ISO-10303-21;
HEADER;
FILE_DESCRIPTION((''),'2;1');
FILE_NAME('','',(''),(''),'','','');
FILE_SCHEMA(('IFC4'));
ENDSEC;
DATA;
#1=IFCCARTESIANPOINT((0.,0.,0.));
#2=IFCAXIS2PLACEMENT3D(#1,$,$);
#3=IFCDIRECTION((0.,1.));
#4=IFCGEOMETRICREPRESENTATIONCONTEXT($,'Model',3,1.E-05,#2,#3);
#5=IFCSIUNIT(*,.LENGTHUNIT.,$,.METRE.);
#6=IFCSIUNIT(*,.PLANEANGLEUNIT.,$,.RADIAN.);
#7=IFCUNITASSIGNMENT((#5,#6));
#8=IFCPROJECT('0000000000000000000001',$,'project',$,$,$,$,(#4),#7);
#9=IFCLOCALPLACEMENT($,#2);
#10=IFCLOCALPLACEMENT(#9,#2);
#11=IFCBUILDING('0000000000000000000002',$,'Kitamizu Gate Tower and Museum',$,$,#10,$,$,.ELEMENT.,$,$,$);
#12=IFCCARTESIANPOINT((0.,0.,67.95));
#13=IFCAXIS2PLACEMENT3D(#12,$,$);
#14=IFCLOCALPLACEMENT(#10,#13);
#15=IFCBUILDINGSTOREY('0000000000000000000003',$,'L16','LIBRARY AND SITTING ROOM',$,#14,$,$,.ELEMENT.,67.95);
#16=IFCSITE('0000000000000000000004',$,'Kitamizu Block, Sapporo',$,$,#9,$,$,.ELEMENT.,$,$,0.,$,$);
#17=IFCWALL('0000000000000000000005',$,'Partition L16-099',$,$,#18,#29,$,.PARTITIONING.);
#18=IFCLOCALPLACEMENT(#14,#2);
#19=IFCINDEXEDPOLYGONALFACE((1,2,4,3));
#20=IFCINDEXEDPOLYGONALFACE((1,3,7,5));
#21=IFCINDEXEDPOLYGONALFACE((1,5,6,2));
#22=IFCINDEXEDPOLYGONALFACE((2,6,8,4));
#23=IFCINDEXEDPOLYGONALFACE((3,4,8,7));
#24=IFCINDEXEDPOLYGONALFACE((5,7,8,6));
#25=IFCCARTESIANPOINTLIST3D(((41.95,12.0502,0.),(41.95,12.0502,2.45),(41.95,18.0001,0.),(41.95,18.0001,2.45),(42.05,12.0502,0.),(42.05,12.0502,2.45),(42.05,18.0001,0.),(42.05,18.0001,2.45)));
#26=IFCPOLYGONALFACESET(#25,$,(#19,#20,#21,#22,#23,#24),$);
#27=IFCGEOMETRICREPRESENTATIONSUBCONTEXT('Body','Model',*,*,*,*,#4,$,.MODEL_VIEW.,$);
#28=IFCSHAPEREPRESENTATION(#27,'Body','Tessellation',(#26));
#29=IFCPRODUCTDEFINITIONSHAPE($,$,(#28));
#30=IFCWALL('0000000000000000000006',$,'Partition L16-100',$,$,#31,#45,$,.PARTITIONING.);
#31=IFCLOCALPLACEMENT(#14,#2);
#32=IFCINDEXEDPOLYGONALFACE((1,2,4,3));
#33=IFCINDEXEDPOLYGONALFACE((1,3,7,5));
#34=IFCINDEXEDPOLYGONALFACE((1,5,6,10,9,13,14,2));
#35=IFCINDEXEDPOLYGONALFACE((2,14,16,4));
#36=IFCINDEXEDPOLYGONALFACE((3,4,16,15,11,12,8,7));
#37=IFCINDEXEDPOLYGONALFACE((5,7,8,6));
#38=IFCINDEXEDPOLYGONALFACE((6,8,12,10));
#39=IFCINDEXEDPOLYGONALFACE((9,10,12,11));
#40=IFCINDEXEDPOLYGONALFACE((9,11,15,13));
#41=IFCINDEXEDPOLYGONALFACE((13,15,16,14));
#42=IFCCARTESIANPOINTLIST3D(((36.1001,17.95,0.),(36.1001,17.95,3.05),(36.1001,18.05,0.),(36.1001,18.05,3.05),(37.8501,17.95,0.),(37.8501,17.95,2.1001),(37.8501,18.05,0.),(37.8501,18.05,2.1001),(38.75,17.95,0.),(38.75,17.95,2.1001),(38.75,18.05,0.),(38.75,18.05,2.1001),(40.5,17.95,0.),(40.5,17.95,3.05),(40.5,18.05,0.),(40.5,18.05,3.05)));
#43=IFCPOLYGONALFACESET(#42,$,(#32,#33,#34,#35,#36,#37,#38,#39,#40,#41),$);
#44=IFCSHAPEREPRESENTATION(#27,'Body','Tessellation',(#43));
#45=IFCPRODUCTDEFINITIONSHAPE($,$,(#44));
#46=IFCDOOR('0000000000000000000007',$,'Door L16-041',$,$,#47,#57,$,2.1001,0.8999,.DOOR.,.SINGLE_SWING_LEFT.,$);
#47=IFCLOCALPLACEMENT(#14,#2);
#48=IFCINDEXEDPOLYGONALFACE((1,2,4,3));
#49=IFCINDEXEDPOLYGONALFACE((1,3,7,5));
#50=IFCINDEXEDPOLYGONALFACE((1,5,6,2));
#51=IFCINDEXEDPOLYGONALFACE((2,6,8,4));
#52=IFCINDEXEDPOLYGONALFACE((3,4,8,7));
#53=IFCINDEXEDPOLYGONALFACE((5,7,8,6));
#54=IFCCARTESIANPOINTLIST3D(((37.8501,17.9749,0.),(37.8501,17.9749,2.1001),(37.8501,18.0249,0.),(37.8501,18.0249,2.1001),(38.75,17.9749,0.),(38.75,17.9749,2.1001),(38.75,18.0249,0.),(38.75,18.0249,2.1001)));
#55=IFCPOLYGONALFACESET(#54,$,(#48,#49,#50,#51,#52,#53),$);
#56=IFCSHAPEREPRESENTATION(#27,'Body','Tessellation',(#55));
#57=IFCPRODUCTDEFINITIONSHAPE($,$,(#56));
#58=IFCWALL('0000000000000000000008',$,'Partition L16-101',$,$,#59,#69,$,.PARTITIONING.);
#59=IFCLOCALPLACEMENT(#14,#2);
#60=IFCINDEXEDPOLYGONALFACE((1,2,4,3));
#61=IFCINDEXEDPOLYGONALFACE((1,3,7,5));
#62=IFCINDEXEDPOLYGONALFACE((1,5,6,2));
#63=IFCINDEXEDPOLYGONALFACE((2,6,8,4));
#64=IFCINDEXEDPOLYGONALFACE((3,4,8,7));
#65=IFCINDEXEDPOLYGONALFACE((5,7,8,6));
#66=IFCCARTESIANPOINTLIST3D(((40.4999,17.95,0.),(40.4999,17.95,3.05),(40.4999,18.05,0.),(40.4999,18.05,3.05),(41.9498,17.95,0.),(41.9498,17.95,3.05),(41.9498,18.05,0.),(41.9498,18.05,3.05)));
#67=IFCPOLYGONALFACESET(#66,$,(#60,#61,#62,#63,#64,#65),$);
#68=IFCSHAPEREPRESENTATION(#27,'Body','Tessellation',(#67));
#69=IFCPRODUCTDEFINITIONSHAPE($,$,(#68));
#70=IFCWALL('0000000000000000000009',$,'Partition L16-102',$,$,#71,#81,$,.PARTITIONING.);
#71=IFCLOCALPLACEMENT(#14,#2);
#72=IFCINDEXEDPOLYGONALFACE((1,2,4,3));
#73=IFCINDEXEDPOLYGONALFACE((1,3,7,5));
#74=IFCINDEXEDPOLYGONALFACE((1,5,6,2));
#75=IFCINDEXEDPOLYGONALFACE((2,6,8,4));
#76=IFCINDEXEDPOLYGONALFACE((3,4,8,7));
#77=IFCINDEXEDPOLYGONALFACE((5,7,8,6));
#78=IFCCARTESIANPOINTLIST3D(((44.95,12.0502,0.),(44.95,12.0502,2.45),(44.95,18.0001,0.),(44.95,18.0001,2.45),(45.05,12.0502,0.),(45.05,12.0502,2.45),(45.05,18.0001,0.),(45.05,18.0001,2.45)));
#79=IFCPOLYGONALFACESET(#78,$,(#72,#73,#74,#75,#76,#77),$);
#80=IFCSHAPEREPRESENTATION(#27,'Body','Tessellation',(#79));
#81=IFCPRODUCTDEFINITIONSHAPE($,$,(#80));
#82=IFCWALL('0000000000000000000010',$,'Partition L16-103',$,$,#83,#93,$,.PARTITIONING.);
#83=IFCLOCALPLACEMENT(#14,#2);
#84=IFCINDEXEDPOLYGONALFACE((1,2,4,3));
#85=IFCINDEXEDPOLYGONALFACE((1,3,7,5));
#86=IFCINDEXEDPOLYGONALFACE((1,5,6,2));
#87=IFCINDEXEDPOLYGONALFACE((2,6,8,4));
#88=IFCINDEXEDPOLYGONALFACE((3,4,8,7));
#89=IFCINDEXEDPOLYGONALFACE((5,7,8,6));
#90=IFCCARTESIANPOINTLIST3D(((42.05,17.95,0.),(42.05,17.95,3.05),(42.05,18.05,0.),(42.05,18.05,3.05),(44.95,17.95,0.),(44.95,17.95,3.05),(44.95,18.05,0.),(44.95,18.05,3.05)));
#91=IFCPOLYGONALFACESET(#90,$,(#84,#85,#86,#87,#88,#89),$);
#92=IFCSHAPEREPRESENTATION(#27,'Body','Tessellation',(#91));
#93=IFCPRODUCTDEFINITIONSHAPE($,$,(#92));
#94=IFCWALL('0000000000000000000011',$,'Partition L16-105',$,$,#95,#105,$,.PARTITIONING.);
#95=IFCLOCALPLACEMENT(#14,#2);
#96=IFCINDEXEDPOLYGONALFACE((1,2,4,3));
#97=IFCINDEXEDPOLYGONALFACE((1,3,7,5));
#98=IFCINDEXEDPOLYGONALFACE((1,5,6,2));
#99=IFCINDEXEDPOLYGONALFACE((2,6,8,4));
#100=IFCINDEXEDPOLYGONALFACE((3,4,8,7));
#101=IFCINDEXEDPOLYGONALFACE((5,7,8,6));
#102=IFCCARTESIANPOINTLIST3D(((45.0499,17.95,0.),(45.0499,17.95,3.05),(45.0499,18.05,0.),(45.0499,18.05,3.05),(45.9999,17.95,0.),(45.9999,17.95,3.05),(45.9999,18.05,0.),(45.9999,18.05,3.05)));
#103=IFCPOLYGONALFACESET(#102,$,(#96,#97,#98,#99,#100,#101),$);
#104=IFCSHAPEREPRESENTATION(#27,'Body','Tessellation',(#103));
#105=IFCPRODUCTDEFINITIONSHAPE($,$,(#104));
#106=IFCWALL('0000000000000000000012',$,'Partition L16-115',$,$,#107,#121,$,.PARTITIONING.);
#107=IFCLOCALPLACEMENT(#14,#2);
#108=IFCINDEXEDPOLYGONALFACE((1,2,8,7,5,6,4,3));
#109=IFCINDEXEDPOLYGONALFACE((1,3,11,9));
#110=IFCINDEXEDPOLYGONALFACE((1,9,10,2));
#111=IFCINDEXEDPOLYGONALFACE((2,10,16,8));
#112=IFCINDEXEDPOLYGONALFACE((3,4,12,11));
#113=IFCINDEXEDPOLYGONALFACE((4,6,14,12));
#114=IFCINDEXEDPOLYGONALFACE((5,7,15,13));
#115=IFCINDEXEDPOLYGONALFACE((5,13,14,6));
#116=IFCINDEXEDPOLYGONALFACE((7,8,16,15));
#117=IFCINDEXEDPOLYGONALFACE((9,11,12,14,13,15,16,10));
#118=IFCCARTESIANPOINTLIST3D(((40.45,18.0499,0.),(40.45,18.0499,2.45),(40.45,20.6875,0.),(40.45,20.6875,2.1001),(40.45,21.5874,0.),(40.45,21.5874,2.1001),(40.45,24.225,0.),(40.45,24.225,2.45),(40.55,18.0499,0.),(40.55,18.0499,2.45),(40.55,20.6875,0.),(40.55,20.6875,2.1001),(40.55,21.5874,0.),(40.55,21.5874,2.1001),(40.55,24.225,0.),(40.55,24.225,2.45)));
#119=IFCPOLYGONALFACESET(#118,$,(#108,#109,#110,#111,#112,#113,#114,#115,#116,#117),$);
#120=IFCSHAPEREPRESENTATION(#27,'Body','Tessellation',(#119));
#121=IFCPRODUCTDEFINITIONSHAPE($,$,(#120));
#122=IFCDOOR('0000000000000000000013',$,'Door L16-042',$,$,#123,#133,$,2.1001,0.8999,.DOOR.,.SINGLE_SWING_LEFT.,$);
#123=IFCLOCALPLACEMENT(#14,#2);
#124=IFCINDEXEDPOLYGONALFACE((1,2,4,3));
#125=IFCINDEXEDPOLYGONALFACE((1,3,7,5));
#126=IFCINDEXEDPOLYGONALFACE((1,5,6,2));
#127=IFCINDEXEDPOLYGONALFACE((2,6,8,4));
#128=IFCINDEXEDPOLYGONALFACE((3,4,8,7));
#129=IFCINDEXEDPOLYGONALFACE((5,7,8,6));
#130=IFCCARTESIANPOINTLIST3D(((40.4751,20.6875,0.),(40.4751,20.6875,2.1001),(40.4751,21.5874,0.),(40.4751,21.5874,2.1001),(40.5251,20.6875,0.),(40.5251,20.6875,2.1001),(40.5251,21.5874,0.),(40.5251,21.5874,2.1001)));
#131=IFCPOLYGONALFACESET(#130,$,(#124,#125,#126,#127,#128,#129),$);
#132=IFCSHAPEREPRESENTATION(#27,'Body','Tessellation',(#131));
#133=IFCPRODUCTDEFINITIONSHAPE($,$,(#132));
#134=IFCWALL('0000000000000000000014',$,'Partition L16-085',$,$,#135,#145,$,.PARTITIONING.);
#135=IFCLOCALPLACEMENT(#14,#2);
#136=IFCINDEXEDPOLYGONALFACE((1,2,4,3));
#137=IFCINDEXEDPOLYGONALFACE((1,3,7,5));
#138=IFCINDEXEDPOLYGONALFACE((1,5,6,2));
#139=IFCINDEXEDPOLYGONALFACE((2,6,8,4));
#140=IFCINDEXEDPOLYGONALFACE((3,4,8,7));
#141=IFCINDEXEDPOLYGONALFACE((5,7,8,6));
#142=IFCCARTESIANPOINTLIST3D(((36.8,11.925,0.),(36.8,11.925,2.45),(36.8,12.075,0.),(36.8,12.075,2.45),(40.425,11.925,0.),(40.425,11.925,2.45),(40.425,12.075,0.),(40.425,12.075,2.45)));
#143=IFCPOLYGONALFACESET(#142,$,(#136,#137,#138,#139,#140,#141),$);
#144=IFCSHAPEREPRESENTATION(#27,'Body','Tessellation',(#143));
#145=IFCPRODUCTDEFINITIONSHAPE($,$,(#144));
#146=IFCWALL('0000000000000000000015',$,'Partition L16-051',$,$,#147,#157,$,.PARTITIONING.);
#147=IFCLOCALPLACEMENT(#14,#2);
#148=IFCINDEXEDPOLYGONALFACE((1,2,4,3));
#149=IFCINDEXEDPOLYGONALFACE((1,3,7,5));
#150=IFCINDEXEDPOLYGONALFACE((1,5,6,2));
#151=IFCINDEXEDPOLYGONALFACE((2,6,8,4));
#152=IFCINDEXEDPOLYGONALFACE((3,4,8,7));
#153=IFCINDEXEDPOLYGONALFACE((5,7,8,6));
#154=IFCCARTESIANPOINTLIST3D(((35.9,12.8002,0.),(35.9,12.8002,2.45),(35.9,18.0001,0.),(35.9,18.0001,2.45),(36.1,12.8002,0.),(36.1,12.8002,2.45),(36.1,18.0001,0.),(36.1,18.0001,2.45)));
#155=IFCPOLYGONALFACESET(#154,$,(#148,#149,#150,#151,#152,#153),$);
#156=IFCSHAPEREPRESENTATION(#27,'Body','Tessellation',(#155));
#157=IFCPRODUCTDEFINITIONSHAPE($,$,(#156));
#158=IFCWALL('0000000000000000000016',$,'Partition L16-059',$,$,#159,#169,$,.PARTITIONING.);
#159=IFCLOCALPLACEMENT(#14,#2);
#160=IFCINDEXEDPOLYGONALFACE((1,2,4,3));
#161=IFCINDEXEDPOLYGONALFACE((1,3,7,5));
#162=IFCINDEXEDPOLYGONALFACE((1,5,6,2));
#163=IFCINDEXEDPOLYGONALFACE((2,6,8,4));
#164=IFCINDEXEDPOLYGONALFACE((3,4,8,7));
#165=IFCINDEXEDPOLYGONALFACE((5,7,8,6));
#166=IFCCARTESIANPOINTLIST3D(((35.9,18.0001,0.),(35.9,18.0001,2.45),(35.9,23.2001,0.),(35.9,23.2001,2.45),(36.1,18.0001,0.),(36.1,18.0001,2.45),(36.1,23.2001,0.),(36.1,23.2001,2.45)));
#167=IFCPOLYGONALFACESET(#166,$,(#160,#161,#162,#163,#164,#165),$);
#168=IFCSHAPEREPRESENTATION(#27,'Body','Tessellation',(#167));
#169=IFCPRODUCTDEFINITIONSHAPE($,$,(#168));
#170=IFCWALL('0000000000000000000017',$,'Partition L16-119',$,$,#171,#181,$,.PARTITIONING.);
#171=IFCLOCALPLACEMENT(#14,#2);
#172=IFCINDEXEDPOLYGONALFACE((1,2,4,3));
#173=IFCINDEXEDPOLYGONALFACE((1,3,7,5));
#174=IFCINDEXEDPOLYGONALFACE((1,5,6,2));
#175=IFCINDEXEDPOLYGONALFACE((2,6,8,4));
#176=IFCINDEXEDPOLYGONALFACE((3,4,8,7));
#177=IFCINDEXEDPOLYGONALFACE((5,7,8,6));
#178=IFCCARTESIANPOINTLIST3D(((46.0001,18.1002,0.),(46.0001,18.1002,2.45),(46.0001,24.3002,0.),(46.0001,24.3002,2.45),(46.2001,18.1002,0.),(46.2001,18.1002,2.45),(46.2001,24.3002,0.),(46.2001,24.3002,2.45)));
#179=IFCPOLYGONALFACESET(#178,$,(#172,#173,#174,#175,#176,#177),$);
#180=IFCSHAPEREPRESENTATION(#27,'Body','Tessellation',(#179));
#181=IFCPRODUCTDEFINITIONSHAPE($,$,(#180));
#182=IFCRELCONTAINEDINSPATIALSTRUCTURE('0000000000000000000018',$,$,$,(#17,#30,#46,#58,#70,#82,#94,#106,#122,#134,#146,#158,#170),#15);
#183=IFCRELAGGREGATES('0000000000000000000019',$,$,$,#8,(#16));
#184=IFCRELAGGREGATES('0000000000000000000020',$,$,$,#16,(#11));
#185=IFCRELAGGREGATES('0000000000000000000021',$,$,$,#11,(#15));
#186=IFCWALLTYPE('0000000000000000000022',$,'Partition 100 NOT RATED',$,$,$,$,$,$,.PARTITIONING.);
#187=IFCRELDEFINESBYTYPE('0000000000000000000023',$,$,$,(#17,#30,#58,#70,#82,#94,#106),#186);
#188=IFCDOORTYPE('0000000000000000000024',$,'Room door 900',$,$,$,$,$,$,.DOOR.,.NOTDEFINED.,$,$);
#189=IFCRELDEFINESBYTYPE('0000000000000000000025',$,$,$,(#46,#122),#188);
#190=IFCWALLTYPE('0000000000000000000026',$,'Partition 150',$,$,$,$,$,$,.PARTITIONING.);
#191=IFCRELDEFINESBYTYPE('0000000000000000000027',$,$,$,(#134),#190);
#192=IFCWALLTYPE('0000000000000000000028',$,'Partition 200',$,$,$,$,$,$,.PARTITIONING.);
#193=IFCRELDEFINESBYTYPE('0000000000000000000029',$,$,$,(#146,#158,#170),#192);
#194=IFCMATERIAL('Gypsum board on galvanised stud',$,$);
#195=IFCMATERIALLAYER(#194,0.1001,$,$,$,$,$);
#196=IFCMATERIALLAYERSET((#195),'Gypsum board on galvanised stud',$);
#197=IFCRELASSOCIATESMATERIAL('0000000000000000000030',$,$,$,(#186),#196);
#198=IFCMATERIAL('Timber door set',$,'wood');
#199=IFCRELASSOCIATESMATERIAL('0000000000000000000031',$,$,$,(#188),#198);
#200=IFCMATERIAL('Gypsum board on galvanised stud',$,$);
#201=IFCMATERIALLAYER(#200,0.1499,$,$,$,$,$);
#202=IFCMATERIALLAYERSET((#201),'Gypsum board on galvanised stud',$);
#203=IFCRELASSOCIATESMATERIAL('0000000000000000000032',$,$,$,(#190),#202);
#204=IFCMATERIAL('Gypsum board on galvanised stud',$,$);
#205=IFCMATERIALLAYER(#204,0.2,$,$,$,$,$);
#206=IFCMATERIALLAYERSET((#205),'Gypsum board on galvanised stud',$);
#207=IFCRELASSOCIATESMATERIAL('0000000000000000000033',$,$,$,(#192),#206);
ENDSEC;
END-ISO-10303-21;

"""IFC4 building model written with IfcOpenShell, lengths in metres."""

from ifc_helpers import new_model, si_unit, direction, frame, frame_2d, origin, place, context, subcontext, project, spatial, rectangle, extrude, material, layer, layer_set, type_object, element, fill, save


model = new_model("IFC4")

# Units and contexts
model_context = context("Model", 3, precision=1e-05, world=origin(), true_north=direction((0.0, 1.0)))
body_context = subcontext(model_context, "Body", "Model", "MODEL_VIEW")
ifc_project = project(units=[si_unit("LENGTHUNIT", "METRE"), si_unit("PLANEANGLEUNIT", "RADIAN")], contexts=[model_context])

# Site, building, storey
site_placement = place(None, origin())
site = spatial("IfcSite", under=ifc_project, at=site_placement, Name="Kitamizu Block, Sapporo", CompositionType="ELEMENT", RefElevation=0.0)
building_placement = place(site_placement, origin())
building = spatial("IfcBuilding", under=site, at=building_placement, Name="Kitamizu Gate Tower and Museum", CompositionType="ELEMENT")
storey_placement = place(building_placement, frame((0.0, 0.0, 67.95)))
storey = spatial("IfcBuildingStorey", under=building, at=storey_placement, Name="L16", Description="LIBRARY AND SITTING ROOM", CompositionType="ELEMENT", Elevation=67.95)

# Shared definitions
ifc_material_1 = material(Name="Gypsum board on galvanised stud")
ifc_layer_1 = layer(ifc_material_1, 0.1001)
ifc_layer_set_1 = layer_set([ifc_layer_1], Name="Gypsum board on galvanised stud")
wall_type_1 = type_object("IfcWallType", Name="Partition 100 NOT RATED", PredefinedType="PARTITIONING", material=ifc_layer_set_1)

# Shared definitions
ifc_material_2 = material(Name="Timber door set", Category="wood")
door_type_1 = type_object("IfcDoorType", Name="Room door 900", OperationType="NOTDEFINED", PredefinedType="DOOR", material=ifc_material_2)

# Wall
wall_1_placement = place(storey_placement, frame((42.0, 12.05, 0.0), z_axis=(0.0, 0.0, 1.0), x_axis=(0.0, 1.0, 0.0)))
element("IfcWall", 1, at=wall_1_placement, inside=storey, type_object=wall_type_1, Name="Partition L16-099", PredefinedType="PARTITIONING", context=body_context, shape_type="SweptSolid", body=[
    extrude(rectangle(XDim=5.95, YDim=0.1001, at=frame_2d((2.9751, 0.0))), origin(), (0.0, 0.0, 1.0), 2.45),
])

# Wall, opening, door
wall_2_placement = place(storey_placement, frame((40.5, 18.0, 0.0), z_axis=(0.0, 0.0, 1.0), x_axis=(-1.0, 0.0, 0.0)))
wall_2 = element("IfcWall", 2, at=wall_2_placement, inside=storey, type_object=wall_type_1, Name="Partition L16-100", PredefinedType="PARTITIONING", context=body_context, shape_type="SweptSolid", body=[
    extrude(rectangle(XDim=4.3999, YDim=0.1001, at=frame_2d((2.2, 0.0))), origin(), (0.0, 0.0, 1.0), 3.05),
])
opening_1_placement = place(wall_2_placement, frame((1.75, 0.0, 0.0)))
opening_1 = element("IfcOpeningElement", 3, at=opening_1_placement, cuts=wall_2, PredefinedType="OPENING", context=body_context, shape_type="SweptSolid", body=[
    extrude(rectangle(XDim=0.8999, YDim=2.1001, at=frame_2d((0.45, 1.05))), frame((0.0, 0.0601, 0.0), z_axis=(0.0, -1.0, 0.0), x_axis=(1.0, 0.0, 0.0)), (0.0, 0.0, 1.0), 0.1201),
])
door_1_placement = place(opening_1_placement, frame((0.8999, 0.0, 0.0), x_axis=(-1.0, 0.0, 0.0)))
door_1 = element("IfcDoor", 4, at=door_1_placement, inside=storey, type_object=door_type_1, Name="Door L16-041", OperationType="SINGLE_SWING_LEFT", OverallHeight=2.1001, OverallWidth=0.8999, PredefinedType="DOOR", context=body_context, shape_type="SweptSolid", body=[
    extrude(rectangle(XDim=0.8999, YDim=2.1001, at=frame_2d((0.45, 1.05))), frame((0.0, 0.0249, 0.0), z_axis=(0.0, -1.0, 0.0), x_axis=(1.0, 0.0, 0.0)), (0.0, 0.0, 1.0), 0.05),
])
fill(opening_1, door_1)

# Walls
wall_3_placement = place(storey_placement, frame((41.95, 18.0, 0.0), z_axis=(0.0, 0.0, 1.0), x_axis=(-1.0, 0.0, 0.0)))
element("IfcWall", 5, at=wall_3_placement, inside=storey, type_object=wall_type_1, Name="Partition L16-101", PredefinedType="PARTITIONING", context=body_context, shape_type="SweptSolid", body=[
    extrude(rectangle(XDim=1.45, YDim=0.1001, at=frame_2d((0.7251, 0.0))), origin(), (0.0, 0.0, 1.0), 3.05),
])
wall_4_placement = place(storey_placement, frame((45.0, 12.05, 0.0), z_axis=(0.0, 0.0, 1.0), x_axis=(0.0, 1.0, 0.0)))
element("IfcWall", 6, at=wall_4_placement, inside=storey, type_object=wall_type_1, Name="Partition L16-102", PredefinedType="PARTITIONING", context=body_context, shape_type="SweptSolid", body=[
    extrude(rectangle(XDim=5.95, YDim=0.1001, at=frame_2d((2.9751, 0.0))), origin(), (0.0, 0.0, 1.0), 2.45),
])
wall_5_placement = place(storey_placement, frame((44.95, 18.0, 0.0), z_axis=(0.0, 0.0, 1.0), x_axis=(-1.0, 0.0, 0.0)))
element("IfcWall", 7, at=wall_5_placement, inside=storey, type_object=wall_type_1, Name="Partition L16-103", PredefinedType="PARTITIONING", context=body_context, shape_type="SweptSolid", body=[
    extrude(rectangle(XDim=2.8999, YDim=0.1001, at=frame_2d((1.45, 0.0))), origin(), (0.0, 0.0, 1.0), 3.05),
])
wall_6_placement = place(storey_placement, frame((46.0, 18.0, 0.0), z_axis=(0.0, 0.0, 1.0), x_axis=(-1.0, 0.0, 0.0)))
element("IfcWall", 8, at=wall_6_placement, inside=storey, type_object=wall_type_1, Name="Partition L16-105", PredefinedType="PARTITIONING", context=body_context, shape_type="SweptSolid", body=[
    extrude(rectangle(XDim=0.95, YDim=0.1001, at=frame_2d((0.4751, 0.0))), origin(), (0.0, 0.0, 1.0), 3.05),
])

# Wall, opening, door
wall_7_placement = place(storey_placement, frame((40.5, 18.05, 0.0), z_axis=(0.0, 0.0, 1.0), x_axis=(0.0, 1.0, 0.0)))
wall_7 = element("IfcWall", 9, at=wall_7_placement, inside=storey, type_object=wall_type_1, Name="Partition L16-115", PredefinedType="PARTITIONING", context=body_context, shape_type="SweptSolid", body=[
    extrude(rectangle(XDim=6.175, YDim=0.1001, at=frame_2d((3.0874, 0.0))), origin(), (0.0, 0.0, 1.0), 2.45),
])
opening_2_placement = place(wall_7_placement, frame((2.6375, 0.0, 0.0)))
opening_2 = element("IfcOpeningElement", 10, at=opening_2_placement, cuts=wall_7, PredefinedType="OPENING", context=body_context, shape_type="SweptSolid", body=[
    extrude(rectangle(XDim=0.8999, YDim=2.1001, at=frame_2d((0.45, 1.05))), frame((0.0, 0.0601, 0.0), z_axis=(0.0, -1.0, 0.0), x_axis=(1.0, 0.0, 0.0)), (0.0, 0.0, 1.0), 0.1201),
])
door_2_placement = place(opening_2_placement, origin())
door_2 = element("IfcDoor", 11, at=door_2_placement, inside=storey, type_object=door_type_1, Name="Door L16-042", OperationType="SINGLE_SWING_LEFT", OverallHeight=2.1001, OverallWidth=0.8999, PredefinedType="DOOR", context=body_context, shape_type="SweptSolid", body=[
    extrude(rectangle(XDim=0.8999, YDim=2.1001, at=frame_2d((0.45, 1.05))), frame((0.0, 0.0249, 0.0), z_axis=(0.0, -1.0, 0.0), x_axis=(1.0, 0.0, 0.0)), (0.0, 0.0, 1.0), 0.05),
])
fill(opening_2, door_2)

# Walls
ifc_material_3 = material(Name="Gypsum board on galvanised stud")
ifc_layer_2 = layer(ifc_material_3, 0.1499)
ifc_layer_set_2 = layer_set([ifc_layer_2], Name="Gypsum board on galvanised stud")
wall_type_2 = type_object("IfcWallType", Name="Partition 150", PredefinedType="PARTITIONING", material=ifc_layer_set_2)
wall_8_placement = place(storey_placement, frame((40.425, 12.0, 0.0), z_axis=(0.0, 0.0, 1.0), x_axis=(-1.0, 0.0, 0.0)))
element("IfcWall", 12, at=wall_8_placement, inside=storey, type_object=wall_type_2, Name="Partition L16-085", PredefinedType="PARTITIONING", context=body_context, shape_type="SweptSolid", body=[
    extrude(rectangle(XDim=3.625, YDim=0.1499, at=frame_2d((1.8125, 0.0))), origin(), (0.0, 0.0, 1.0), 2.45),
])
ifc_material_4 = material(Name="Gypsum board on galvanised stud")
ifc_layer_3 = layer(ifc_material_4, 0.2)
ifc_layer_set_3 = layer_set([ifc_layer_3], Name="Gypsum board on galvanised stud")
wall_type_3 = type_object("IfcWallType", Name="Partition 200", PredefinedType="PARTITIONING", material=ifc_layer_set_3)
for number, where, z_axis, x_axis, name in (
    (13, (36.0, 12.8, 0.0), (0.0, 0.0, 1.0), (0.0, 1.0, 0.0), "Partition L16-051"),
    (14, (36.0, 18.0, 0.0), (0.0, 0.0, 1.0), (0.0, 1.0, 0.0), "Partition L16-059"),
):
    element("IfcWall", number, at=place(storey_placement, frame(where, z_axis=z_axis, x_axis=x_axis)), inside=storey, type_object=wall_type_3, Name=name, PredefinedType="PARTITIONING", context=body_context, shape_type="SweptSolid", body=[
        extrude(rectangle(XDim=5.2, YDim=0.2, at=frame_2d((2.6001, 0.0))), origin(), (0.0, 0.0, 1.0), 2.45),
    ])
wall_9_placement = place(storey_placement, frame((46.1001, 18.1001, 0.0), z_axis=(0.0, 0.0, 1.0), x_axis=(0.0, 1.0, 0.0)))
element("IfcWall", 15, at=wall_9_placement, inside=storey, type_object=wall_type_3, Name="Partition L16-119", PredefinedType="PARTITIONING", context=body_context, shape_type="SweptSolid", body=[
    extrude(rectangle(XDim=6.2, YDim=0.2, at=frame_2d((3.1001, 0.0))), origin(), (0.0, 0.0, 1.0), 2.45),
])

save(model, "model.ifc")
